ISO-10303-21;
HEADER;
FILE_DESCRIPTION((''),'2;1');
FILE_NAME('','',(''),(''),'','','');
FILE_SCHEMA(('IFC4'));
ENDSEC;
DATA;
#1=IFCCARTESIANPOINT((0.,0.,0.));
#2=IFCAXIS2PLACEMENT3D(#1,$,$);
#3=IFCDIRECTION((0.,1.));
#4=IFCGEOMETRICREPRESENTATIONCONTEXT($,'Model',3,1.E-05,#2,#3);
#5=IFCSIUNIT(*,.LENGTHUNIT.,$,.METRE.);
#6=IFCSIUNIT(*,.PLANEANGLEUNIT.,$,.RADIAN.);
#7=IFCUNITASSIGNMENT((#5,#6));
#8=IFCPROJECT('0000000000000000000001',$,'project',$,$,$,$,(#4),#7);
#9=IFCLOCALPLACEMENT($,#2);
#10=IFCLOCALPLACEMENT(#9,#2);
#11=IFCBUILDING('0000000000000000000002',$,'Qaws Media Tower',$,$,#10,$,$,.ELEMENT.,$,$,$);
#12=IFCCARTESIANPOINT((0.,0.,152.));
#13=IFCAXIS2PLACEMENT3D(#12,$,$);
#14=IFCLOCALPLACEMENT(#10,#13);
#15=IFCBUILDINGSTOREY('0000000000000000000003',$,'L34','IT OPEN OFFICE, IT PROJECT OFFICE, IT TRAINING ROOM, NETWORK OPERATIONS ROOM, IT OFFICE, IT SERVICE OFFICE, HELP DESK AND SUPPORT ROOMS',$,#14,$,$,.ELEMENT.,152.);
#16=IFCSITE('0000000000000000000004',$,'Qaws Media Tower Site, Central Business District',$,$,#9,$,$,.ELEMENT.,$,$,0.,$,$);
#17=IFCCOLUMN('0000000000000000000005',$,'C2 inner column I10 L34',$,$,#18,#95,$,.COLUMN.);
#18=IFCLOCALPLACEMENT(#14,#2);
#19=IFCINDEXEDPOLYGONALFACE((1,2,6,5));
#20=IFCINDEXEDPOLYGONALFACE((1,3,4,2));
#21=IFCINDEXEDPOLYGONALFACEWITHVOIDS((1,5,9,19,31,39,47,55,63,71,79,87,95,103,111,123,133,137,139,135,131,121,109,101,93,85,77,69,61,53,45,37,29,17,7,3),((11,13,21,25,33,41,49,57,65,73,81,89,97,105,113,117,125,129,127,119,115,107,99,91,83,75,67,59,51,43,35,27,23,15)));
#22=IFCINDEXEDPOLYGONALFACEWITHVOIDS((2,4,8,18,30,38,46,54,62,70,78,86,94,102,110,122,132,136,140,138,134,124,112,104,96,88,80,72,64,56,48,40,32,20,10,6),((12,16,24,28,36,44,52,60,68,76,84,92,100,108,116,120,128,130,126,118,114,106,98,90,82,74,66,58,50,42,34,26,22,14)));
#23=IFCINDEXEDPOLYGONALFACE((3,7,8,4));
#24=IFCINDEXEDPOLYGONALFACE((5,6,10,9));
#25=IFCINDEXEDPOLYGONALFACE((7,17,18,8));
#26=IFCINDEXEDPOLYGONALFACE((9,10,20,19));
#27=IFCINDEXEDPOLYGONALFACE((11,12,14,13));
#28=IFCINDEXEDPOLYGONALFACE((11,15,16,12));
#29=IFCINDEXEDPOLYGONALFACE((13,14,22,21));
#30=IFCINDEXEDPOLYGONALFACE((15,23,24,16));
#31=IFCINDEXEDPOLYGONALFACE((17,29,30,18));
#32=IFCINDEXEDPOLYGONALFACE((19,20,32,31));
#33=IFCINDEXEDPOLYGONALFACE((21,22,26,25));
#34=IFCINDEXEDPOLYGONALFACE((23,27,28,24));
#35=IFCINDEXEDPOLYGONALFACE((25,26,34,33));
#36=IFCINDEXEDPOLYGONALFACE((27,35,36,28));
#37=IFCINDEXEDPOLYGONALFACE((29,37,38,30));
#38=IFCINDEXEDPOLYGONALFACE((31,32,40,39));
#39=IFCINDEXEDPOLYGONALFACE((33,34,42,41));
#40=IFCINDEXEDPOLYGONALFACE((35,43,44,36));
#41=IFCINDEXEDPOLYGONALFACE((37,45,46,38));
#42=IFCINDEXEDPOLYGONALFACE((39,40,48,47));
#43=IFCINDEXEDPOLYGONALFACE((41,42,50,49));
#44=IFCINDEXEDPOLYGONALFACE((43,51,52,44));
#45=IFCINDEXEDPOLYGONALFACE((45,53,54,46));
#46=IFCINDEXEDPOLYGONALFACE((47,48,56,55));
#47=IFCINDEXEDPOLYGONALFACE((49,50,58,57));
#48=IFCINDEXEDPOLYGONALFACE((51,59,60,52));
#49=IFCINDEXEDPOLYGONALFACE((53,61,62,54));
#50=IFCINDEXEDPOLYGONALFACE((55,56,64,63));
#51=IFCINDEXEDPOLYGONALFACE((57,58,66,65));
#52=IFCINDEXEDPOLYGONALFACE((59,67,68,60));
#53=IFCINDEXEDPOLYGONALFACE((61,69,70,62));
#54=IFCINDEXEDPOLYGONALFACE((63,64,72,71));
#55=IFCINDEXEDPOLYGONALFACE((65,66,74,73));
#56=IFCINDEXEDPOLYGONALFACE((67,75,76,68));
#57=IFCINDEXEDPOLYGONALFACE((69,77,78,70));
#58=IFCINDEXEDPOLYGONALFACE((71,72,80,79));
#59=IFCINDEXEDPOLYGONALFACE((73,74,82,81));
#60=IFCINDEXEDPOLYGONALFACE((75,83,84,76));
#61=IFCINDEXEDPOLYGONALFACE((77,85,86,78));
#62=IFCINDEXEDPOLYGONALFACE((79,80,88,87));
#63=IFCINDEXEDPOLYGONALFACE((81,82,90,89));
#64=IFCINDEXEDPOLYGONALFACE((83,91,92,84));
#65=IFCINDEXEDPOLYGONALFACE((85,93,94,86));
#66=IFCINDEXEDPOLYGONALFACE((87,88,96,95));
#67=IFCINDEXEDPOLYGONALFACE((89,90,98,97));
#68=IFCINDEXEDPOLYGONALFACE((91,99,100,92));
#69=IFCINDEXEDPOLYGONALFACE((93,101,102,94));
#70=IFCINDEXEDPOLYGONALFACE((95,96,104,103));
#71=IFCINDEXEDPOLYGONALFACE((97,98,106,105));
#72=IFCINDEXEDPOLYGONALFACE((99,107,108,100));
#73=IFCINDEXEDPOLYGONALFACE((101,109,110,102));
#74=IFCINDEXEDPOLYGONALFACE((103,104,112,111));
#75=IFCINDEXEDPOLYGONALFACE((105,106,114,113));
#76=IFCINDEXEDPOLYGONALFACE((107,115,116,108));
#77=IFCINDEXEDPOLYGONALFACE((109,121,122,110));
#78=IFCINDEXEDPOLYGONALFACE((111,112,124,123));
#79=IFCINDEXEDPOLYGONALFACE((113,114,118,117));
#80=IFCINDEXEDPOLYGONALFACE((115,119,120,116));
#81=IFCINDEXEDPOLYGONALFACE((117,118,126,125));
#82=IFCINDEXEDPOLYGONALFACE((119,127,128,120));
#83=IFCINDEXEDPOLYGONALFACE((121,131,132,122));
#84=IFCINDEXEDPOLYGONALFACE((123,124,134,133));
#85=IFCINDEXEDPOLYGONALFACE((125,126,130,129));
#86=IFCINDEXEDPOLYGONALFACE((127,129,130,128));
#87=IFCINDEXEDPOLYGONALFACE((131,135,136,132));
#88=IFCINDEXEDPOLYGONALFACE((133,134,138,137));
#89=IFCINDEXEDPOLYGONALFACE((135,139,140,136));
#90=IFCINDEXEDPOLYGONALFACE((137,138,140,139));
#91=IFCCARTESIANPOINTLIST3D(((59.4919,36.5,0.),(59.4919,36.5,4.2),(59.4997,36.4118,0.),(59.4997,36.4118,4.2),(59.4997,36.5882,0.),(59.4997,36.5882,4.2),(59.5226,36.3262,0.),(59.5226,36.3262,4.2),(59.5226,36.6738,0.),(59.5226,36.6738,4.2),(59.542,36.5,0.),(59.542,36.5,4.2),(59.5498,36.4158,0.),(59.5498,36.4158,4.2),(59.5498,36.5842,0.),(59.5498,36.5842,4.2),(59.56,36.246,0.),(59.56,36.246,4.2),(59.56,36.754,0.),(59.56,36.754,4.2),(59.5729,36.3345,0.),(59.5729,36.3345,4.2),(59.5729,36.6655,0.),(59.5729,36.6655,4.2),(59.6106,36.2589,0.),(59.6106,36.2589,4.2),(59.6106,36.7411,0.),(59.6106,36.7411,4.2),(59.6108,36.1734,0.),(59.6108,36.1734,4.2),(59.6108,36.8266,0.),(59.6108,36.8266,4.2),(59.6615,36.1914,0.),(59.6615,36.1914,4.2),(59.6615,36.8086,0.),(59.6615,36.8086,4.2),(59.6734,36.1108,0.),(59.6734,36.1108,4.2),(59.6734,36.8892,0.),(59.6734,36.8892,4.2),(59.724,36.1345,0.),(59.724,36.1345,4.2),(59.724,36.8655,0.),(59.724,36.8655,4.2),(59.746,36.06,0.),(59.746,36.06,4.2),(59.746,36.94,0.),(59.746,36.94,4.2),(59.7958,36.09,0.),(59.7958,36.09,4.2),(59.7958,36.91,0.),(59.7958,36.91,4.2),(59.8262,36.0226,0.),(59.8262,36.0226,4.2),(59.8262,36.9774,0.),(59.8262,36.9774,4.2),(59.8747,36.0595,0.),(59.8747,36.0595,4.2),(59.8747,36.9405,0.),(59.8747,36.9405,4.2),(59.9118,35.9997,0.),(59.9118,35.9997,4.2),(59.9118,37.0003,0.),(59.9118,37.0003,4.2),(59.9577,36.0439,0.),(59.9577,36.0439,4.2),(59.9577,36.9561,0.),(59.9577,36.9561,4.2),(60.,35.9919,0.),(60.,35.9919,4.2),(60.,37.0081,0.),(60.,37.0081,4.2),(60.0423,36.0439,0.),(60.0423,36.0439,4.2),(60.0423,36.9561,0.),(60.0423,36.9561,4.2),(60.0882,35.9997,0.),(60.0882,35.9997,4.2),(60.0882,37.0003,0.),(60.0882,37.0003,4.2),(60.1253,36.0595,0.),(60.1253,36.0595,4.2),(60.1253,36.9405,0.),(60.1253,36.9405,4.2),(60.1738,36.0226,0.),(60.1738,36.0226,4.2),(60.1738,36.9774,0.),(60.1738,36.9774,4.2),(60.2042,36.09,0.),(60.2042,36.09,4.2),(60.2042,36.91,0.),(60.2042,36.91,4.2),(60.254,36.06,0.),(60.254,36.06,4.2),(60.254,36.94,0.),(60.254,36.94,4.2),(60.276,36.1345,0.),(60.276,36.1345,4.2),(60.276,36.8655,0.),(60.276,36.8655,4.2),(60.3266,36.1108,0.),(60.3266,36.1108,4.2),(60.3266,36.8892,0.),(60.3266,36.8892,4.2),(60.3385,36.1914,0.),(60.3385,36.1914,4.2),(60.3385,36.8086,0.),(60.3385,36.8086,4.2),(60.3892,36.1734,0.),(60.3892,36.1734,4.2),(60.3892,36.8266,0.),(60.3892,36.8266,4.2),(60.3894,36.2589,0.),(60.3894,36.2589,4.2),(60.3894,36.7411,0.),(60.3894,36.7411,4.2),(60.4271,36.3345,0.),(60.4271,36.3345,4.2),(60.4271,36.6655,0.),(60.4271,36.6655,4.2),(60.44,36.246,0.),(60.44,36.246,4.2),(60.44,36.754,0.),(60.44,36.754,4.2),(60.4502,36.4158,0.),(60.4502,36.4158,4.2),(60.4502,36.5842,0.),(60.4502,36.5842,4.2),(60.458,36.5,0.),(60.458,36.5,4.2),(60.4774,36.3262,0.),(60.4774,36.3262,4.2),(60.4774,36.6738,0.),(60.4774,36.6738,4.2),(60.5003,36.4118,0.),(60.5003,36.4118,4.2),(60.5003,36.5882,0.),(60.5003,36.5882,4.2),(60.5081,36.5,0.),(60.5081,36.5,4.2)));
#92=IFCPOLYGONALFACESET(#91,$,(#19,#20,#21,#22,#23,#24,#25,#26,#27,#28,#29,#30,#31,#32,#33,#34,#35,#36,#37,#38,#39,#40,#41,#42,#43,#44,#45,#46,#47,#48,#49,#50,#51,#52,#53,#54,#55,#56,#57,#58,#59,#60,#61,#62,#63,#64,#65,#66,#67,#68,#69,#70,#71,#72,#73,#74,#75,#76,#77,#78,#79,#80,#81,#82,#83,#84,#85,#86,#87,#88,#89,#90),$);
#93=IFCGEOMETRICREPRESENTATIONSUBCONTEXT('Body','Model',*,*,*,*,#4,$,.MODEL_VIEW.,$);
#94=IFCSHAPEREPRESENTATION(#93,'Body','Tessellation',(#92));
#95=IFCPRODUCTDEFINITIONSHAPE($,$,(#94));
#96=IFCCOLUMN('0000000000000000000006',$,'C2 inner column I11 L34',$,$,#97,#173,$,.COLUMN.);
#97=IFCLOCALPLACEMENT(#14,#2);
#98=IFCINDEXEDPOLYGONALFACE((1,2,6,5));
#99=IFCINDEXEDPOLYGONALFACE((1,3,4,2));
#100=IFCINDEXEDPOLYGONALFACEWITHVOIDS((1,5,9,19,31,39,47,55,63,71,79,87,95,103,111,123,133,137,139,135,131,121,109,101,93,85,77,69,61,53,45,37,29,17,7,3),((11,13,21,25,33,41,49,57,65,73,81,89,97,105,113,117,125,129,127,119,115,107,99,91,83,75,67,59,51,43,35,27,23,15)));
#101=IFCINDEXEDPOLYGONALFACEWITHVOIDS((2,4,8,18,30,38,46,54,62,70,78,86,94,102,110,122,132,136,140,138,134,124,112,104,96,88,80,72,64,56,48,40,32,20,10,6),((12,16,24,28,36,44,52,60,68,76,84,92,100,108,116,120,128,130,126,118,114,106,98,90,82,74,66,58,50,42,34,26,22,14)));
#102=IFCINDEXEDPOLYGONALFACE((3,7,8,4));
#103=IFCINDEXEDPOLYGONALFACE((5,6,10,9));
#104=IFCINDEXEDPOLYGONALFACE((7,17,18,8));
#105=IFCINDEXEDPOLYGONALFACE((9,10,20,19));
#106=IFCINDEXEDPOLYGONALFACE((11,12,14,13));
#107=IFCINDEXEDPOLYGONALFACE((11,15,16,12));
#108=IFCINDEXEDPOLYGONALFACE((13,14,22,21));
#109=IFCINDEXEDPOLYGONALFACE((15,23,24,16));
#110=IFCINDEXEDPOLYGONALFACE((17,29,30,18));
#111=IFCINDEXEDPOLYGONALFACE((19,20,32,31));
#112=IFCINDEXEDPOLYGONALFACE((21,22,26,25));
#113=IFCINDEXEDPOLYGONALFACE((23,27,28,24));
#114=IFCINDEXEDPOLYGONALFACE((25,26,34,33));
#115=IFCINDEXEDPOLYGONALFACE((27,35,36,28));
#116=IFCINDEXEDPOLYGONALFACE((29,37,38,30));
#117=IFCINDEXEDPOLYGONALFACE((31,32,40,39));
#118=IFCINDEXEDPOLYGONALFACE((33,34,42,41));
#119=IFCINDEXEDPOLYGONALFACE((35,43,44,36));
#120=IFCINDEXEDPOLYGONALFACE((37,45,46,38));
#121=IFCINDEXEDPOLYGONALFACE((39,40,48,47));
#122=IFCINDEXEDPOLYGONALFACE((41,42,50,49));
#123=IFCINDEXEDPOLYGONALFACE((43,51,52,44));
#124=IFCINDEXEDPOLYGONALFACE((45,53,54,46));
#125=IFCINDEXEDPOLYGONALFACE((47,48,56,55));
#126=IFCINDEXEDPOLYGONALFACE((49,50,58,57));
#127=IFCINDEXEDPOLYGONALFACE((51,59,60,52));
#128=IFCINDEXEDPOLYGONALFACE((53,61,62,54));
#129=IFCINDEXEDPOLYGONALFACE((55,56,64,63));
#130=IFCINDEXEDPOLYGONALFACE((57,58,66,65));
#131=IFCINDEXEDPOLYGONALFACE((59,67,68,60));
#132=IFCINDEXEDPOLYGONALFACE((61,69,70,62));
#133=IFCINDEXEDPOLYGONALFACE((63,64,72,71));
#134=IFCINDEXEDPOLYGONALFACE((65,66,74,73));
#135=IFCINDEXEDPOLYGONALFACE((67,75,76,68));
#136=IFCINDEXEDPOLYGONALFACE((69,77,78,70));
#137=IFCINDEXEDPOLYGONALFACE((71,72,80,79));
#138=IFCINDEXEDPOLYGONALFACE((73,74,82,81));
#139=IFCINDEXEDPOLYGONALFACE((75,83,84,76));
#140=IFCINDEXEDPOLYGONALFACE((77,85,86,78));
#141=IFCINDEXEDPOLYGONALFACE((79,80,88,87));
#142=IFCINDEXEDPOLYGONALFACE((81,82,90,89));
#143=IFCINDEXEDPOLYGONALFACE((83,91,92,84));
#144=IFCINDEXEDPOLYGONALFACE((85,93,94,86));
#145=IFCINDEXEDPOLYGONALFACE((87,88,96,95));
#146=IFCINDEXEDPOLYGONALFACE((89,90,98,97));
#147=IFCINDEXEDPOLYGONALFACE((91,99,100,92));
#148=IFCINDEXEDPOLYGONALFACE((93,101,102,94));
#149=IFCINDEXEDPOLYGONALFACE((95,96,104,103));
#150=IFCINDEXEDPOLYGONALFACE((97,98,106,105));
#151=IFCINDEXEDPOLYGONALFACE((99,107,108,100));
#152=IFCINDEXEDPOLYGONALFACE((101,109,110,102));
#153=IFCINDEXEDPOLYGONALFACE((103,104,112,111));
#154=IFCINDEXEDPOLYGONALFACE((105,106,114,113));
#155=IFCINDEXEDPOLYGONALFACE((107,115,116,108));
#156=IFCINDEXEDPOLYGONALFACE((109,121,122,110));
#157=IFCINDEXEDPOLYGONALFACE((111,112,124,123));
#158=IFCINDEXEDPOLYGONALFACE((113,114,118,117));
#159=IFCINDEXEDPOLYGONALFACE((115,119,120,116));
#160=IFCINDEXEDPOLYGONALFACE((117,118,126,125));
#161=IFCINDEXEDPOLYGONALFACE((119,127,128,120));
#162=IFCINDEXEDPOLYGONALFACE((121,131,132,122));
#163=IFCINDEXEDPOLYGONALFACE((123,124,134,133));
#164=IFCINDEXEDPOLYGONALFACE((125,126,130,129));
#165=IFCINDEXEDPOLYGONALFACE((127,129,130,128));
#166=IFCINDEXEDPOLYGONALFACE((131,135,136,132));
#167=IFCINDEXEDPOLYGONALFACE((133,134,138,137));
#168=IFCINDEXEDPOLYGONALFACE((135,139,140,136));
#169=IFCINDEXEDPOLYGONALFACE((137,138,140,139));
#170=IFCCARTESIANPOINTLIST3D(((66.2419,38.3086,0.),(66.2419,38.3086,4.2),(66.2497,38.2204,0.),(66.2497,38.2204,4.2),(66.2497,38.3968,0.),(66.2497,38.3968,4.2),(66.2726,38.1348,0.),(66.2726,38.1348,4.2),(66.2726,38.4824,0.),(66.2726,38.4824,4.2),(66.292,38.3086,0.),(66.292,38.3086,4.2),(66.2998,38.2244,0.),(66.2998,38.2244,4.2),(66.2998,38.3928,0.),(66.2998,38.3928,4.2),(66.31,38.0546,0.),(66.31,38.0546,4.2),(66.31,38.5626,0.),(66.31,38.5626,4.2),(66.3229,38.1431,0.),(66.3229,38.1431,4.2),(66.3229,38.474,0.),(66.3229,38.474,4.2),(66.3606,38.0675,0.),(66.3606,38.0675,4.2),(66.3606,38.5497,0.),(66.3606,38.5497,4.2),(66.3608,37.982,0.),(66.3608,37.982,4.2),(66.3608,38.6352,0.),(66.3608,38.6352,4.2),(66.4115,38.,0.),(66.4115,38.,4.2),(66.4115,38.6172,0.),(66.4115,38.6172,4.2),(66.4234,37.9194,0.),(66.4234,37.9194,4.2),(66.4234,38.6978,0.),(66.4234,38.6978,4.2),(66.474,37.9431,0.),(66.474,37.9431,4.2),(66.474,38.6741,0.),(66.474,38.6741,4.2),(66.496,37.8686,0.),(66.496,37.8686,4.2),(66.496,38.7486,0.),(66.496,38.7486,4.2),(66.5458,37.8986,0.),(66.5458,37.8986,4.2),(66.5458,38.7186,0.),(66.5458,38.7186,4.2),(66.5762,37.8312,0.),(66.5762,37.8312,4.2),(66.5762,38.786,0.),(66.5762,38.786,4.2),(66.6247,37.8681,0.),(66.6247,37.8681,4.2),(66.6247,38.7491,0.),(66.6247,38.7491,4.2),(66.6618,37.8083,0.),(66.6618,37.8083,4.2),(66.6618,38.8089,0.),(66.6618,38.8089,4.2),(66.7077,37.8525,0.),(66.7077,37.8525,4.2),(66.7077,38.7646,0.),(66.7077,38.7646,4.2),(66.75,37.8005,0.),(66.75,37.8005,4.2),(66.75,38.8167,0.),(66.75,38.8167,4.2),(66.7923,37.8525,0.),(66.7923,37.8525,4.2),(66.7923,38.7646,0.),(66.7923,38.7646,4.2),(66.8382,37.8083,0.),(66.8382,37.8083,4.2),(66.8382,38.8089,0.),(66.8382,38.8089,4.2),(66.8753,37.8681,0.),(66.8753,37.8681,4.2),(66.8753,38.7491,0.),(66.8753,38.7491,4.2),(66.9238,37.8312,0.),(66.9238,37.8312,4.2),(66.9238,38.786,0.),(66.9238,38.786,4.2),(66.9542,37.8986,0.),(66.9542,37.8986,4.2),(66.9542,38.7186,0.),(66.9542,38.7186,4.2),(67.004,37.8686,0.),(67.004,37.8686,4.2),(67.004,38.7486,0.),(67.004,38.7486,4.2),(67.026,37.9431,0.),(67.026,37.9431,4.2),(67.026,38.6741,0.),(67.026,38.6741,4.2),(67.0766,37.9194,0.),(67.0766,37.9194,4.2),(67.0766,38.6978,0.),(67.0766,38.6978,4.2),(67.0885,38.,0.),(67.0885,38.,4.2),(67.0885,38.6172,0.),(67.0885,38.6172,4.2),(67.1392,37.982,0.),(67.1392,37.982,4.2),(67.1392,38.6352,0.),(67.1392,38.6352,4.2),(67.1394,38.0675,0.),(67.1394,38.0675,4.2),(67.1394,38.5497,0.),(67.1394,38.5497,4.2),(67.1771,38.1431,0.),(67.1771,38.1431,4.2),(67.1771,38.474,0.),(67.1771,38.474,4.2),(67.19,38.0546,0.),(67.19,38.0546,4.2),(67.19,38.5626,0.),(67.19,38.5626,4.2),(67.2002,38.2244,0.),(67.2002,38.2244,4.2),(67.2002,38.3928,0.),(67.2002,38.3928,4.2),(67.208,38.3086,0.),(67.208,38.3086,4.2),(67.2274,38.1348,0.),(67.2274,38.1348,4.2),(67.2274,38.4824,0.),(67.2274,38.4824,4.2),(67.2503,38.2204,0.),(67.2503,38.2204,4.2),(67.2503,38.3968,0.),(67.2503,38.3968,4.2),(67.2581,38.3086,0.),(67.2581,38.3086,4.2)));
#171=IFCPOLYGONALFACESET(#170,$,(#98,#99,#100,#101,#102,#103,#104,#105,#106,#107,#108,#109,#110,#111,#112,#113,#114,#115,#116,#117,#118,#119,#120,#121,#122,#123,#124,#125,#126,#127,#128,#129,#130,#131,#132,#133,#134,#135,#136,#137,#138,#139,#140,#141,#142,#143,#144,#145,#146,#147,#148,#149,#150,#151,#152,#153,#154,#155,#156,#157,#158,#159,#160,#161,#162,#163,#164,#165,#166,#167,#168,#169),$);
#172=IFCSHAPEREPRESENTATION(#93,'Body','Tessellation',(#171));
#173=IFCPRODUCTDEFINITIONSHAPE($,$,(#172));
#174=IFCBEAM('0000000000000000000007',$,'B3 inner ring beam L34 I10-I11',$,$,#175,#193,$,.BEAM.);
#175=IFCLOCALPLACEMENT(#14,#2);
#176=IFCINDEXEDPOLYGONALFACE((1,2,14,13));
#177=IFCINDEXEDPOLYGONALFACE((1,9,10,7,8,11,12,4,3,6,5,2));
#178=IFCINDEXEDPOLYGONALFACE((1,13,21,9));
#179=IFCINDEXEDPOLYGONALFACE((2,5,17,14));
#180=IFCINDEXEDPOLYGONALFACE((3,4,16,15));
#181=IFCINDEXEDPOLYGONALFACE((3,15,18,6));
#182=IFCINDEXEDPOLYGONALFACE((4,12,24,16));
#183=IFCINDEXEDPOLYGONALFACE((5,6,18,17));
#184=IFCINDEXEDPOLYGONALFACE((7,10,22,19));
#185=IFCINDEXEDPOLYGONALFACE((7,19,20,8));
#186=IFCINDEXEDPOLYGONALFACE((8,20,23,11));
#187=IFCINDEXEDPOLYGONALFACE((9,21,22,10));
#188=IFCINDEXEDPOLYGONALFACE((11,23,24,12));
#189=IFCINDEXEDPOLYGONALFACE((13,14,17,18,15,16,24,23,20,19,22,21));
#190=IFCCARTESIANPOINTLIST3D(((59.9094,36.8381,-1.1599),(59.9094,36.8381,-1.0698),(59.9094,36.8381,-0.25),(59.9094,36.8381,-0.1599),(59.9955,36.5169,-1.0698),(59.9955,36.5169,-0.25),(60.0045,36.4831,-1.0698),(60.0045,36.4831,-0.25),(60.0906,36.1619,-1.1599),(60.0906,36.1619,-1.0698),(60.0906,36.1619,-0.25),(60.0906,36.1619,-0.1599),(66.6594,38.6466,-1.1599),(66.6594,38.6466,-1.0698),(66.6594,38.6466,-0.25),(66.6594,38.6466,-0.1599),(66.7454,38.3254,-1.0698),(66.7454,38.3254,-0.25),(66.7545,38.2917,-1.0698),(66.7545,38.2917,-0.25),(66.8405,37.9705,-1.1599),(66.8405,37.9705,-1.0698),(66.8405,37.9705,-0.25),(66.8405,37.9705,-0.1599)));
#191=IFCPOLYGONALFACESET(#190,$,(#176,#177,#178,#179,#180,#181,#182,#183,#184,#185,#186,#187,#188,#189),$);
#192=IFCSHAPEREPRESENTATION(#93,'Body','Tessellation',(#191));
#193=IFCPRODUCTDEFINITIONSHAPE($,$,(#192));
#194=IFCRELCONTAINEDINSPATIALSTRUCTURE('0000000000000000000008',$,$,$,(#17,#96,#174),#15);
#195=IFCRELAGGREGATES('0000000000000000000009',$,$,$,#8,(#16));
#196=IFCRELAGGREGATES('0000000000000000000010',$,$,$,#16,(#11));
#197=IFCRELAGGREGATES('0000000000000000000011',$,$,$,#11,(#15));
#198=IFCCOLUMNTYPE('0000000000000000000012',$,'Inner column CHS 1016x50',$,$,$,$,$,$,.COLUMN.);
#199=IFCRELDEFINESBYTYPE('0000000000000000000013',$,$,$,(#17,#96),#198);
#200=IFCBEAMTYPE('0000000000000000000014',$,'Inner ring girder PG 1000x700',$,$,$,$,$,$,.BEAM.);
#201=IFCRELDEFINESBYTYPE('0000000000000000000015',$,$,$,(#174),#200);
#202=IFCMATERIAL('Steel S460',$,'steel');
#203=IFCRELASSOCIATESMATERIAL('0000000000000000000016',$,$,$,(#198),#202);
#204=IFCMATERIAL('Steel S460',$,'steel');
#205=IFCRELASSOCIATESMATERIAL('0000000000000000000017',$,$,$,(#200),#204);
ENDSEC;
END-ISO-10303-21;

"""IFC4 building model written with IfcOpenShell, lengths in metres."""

from ifc_helpers import new_model, si_unit, direction, frame, origin, origin_2d, place, context, subcontext, project, spatial, hollow_circle, i_section, extrude, material, material_profile, profile_set, type_object, element, save


model = new_model("IFC4")

# Units and contexts
model_context = context("Model", 3, precision=1e-05, world=origin(), true_north=direction((0.0, 1.0)))
body_context = subcontext(model_context, "Body", "Model", "MODEL_VIEW")
ifc_project = project(units=[si_unit("LENGTHUNIT", "METRE"), si_unit("PLANEANGLEUNIT", "RADIAN")], contexts=[model_context])

# Site, building, storey
site_placement = place(None, origin())
site = spatial("IfcSite", under=ifc_project, at=site_placement, Name="Qaws Media Tower Site, Central Business District", CompositionType="ELEMENT", RefElevation=0.0)
building_placement = place(site_placement, origin())
building = spatial("IfcBuilding", under=site, at=building_placement, Name="Qaws Media Tower", CompositionType="ELEMENT")
storey_placement = place(building_placement, frame((0.0, 0.0, 152.0)))
storey = spatial("IfcBuildingStorey", under=building, at=storey_placement, Name="L34", Description="IT OPEN OFFICE, IT PROJECT OFFICE, IT TRAINING ROOM, NETWORK OPERATIONS ROOM, IT OFFICE, IT SERVICE OFFICE, HELP DESK AND SUPPORT ROOMS", CompositionType="ELEMENT", Elevation=152.0)

# Columns
ifc_material_1 = material(Name="Steel S460", Category="steel")
ifc_material_profile_1 = material_profile(ifc_material_1, hollow_circle(Radius=0.5081, WallThickness=0.05, at=origin_2d()), Name="CHS 1016x50")
ifc_profile_set_1 = profile_set([ifc_material_profile_1], Name="Steel S460")
column_type = type_object("IfcColumnType", Name="Inner column CHS 1016x50", PredefinedType="COLUMN", material=ifc_profile_set_1)
for number, where, z_axis, x_axis, name in (
    (1, (60.0, 36.5, 0.0), (0.0, 0.0, 1.0), (1.0, 0.0, 0.0), "C2 inner column I10 L34"),
    (2, (66.75, 38.3086, 0.0), (0.0, 0.0, 1.0), (1.0, 0.0, 0.0), "C2 inner column I11 L34"),
):
    element("IfcColumn", number, at=place(storey_placement, frame(where, z_axis=z_axis, x_axis=x_axis)), inside=storey, type_object=column_type, Name=name, PredefinedType="COLUMN", context=body_context, shape_type="SweptSolid", body=[
        extrude(hollow_circle(Radius=0.5081, WallThickness=0.05, at=origin_2d()), origin(), (0.0, 0.0, 1.0), 4.2),
    ])

# Beam
ifc_material_2 = material(Name="Steel S460", Category="steel")
ifc_material_profile_2 = material_profile(ifc_material_2, i_section(OverallWidth=0.7, OverallDepth=1.0, WebThickness=0.0349, FlangeThickness=0.0901, at=origin_2d()), Name="PG 1000x700")
ifc_profile_set_2 = profile_set([ifc_material_profile_2], Name="Steel S460")
beam_type_1 = type_object("IfcBeamType", Name="Inner ring girder PG 1000x700", PredefinedType="BEAM", material=ifc_profile_set_2)
beam_1_placement = place(storey_placement, frame((60.0, 36.5, -0.6599), z_axis=(0.965928, 0.258811, 0.0), x_axis=(-0.258811, 0.965928, 0.0)))
element("IfcBeam", 3, at=beam_1_placement, inside=storey, type_object=beam_type_1, Name="B3 inner ring beam L34 I10-I11", PredefinedType="BEAM", context=body_context, shape_type="SweptSolid", body=[
    extrude(i_section(OverallWidth=0.7, OverallDepth=1.0, WebThickness=0.0349, FlangeThickness=0.0901, at=origin_2d()), origin(), (0.0, 0.0, 1.0), 6.988),
])

save(model, "model.ifc")
